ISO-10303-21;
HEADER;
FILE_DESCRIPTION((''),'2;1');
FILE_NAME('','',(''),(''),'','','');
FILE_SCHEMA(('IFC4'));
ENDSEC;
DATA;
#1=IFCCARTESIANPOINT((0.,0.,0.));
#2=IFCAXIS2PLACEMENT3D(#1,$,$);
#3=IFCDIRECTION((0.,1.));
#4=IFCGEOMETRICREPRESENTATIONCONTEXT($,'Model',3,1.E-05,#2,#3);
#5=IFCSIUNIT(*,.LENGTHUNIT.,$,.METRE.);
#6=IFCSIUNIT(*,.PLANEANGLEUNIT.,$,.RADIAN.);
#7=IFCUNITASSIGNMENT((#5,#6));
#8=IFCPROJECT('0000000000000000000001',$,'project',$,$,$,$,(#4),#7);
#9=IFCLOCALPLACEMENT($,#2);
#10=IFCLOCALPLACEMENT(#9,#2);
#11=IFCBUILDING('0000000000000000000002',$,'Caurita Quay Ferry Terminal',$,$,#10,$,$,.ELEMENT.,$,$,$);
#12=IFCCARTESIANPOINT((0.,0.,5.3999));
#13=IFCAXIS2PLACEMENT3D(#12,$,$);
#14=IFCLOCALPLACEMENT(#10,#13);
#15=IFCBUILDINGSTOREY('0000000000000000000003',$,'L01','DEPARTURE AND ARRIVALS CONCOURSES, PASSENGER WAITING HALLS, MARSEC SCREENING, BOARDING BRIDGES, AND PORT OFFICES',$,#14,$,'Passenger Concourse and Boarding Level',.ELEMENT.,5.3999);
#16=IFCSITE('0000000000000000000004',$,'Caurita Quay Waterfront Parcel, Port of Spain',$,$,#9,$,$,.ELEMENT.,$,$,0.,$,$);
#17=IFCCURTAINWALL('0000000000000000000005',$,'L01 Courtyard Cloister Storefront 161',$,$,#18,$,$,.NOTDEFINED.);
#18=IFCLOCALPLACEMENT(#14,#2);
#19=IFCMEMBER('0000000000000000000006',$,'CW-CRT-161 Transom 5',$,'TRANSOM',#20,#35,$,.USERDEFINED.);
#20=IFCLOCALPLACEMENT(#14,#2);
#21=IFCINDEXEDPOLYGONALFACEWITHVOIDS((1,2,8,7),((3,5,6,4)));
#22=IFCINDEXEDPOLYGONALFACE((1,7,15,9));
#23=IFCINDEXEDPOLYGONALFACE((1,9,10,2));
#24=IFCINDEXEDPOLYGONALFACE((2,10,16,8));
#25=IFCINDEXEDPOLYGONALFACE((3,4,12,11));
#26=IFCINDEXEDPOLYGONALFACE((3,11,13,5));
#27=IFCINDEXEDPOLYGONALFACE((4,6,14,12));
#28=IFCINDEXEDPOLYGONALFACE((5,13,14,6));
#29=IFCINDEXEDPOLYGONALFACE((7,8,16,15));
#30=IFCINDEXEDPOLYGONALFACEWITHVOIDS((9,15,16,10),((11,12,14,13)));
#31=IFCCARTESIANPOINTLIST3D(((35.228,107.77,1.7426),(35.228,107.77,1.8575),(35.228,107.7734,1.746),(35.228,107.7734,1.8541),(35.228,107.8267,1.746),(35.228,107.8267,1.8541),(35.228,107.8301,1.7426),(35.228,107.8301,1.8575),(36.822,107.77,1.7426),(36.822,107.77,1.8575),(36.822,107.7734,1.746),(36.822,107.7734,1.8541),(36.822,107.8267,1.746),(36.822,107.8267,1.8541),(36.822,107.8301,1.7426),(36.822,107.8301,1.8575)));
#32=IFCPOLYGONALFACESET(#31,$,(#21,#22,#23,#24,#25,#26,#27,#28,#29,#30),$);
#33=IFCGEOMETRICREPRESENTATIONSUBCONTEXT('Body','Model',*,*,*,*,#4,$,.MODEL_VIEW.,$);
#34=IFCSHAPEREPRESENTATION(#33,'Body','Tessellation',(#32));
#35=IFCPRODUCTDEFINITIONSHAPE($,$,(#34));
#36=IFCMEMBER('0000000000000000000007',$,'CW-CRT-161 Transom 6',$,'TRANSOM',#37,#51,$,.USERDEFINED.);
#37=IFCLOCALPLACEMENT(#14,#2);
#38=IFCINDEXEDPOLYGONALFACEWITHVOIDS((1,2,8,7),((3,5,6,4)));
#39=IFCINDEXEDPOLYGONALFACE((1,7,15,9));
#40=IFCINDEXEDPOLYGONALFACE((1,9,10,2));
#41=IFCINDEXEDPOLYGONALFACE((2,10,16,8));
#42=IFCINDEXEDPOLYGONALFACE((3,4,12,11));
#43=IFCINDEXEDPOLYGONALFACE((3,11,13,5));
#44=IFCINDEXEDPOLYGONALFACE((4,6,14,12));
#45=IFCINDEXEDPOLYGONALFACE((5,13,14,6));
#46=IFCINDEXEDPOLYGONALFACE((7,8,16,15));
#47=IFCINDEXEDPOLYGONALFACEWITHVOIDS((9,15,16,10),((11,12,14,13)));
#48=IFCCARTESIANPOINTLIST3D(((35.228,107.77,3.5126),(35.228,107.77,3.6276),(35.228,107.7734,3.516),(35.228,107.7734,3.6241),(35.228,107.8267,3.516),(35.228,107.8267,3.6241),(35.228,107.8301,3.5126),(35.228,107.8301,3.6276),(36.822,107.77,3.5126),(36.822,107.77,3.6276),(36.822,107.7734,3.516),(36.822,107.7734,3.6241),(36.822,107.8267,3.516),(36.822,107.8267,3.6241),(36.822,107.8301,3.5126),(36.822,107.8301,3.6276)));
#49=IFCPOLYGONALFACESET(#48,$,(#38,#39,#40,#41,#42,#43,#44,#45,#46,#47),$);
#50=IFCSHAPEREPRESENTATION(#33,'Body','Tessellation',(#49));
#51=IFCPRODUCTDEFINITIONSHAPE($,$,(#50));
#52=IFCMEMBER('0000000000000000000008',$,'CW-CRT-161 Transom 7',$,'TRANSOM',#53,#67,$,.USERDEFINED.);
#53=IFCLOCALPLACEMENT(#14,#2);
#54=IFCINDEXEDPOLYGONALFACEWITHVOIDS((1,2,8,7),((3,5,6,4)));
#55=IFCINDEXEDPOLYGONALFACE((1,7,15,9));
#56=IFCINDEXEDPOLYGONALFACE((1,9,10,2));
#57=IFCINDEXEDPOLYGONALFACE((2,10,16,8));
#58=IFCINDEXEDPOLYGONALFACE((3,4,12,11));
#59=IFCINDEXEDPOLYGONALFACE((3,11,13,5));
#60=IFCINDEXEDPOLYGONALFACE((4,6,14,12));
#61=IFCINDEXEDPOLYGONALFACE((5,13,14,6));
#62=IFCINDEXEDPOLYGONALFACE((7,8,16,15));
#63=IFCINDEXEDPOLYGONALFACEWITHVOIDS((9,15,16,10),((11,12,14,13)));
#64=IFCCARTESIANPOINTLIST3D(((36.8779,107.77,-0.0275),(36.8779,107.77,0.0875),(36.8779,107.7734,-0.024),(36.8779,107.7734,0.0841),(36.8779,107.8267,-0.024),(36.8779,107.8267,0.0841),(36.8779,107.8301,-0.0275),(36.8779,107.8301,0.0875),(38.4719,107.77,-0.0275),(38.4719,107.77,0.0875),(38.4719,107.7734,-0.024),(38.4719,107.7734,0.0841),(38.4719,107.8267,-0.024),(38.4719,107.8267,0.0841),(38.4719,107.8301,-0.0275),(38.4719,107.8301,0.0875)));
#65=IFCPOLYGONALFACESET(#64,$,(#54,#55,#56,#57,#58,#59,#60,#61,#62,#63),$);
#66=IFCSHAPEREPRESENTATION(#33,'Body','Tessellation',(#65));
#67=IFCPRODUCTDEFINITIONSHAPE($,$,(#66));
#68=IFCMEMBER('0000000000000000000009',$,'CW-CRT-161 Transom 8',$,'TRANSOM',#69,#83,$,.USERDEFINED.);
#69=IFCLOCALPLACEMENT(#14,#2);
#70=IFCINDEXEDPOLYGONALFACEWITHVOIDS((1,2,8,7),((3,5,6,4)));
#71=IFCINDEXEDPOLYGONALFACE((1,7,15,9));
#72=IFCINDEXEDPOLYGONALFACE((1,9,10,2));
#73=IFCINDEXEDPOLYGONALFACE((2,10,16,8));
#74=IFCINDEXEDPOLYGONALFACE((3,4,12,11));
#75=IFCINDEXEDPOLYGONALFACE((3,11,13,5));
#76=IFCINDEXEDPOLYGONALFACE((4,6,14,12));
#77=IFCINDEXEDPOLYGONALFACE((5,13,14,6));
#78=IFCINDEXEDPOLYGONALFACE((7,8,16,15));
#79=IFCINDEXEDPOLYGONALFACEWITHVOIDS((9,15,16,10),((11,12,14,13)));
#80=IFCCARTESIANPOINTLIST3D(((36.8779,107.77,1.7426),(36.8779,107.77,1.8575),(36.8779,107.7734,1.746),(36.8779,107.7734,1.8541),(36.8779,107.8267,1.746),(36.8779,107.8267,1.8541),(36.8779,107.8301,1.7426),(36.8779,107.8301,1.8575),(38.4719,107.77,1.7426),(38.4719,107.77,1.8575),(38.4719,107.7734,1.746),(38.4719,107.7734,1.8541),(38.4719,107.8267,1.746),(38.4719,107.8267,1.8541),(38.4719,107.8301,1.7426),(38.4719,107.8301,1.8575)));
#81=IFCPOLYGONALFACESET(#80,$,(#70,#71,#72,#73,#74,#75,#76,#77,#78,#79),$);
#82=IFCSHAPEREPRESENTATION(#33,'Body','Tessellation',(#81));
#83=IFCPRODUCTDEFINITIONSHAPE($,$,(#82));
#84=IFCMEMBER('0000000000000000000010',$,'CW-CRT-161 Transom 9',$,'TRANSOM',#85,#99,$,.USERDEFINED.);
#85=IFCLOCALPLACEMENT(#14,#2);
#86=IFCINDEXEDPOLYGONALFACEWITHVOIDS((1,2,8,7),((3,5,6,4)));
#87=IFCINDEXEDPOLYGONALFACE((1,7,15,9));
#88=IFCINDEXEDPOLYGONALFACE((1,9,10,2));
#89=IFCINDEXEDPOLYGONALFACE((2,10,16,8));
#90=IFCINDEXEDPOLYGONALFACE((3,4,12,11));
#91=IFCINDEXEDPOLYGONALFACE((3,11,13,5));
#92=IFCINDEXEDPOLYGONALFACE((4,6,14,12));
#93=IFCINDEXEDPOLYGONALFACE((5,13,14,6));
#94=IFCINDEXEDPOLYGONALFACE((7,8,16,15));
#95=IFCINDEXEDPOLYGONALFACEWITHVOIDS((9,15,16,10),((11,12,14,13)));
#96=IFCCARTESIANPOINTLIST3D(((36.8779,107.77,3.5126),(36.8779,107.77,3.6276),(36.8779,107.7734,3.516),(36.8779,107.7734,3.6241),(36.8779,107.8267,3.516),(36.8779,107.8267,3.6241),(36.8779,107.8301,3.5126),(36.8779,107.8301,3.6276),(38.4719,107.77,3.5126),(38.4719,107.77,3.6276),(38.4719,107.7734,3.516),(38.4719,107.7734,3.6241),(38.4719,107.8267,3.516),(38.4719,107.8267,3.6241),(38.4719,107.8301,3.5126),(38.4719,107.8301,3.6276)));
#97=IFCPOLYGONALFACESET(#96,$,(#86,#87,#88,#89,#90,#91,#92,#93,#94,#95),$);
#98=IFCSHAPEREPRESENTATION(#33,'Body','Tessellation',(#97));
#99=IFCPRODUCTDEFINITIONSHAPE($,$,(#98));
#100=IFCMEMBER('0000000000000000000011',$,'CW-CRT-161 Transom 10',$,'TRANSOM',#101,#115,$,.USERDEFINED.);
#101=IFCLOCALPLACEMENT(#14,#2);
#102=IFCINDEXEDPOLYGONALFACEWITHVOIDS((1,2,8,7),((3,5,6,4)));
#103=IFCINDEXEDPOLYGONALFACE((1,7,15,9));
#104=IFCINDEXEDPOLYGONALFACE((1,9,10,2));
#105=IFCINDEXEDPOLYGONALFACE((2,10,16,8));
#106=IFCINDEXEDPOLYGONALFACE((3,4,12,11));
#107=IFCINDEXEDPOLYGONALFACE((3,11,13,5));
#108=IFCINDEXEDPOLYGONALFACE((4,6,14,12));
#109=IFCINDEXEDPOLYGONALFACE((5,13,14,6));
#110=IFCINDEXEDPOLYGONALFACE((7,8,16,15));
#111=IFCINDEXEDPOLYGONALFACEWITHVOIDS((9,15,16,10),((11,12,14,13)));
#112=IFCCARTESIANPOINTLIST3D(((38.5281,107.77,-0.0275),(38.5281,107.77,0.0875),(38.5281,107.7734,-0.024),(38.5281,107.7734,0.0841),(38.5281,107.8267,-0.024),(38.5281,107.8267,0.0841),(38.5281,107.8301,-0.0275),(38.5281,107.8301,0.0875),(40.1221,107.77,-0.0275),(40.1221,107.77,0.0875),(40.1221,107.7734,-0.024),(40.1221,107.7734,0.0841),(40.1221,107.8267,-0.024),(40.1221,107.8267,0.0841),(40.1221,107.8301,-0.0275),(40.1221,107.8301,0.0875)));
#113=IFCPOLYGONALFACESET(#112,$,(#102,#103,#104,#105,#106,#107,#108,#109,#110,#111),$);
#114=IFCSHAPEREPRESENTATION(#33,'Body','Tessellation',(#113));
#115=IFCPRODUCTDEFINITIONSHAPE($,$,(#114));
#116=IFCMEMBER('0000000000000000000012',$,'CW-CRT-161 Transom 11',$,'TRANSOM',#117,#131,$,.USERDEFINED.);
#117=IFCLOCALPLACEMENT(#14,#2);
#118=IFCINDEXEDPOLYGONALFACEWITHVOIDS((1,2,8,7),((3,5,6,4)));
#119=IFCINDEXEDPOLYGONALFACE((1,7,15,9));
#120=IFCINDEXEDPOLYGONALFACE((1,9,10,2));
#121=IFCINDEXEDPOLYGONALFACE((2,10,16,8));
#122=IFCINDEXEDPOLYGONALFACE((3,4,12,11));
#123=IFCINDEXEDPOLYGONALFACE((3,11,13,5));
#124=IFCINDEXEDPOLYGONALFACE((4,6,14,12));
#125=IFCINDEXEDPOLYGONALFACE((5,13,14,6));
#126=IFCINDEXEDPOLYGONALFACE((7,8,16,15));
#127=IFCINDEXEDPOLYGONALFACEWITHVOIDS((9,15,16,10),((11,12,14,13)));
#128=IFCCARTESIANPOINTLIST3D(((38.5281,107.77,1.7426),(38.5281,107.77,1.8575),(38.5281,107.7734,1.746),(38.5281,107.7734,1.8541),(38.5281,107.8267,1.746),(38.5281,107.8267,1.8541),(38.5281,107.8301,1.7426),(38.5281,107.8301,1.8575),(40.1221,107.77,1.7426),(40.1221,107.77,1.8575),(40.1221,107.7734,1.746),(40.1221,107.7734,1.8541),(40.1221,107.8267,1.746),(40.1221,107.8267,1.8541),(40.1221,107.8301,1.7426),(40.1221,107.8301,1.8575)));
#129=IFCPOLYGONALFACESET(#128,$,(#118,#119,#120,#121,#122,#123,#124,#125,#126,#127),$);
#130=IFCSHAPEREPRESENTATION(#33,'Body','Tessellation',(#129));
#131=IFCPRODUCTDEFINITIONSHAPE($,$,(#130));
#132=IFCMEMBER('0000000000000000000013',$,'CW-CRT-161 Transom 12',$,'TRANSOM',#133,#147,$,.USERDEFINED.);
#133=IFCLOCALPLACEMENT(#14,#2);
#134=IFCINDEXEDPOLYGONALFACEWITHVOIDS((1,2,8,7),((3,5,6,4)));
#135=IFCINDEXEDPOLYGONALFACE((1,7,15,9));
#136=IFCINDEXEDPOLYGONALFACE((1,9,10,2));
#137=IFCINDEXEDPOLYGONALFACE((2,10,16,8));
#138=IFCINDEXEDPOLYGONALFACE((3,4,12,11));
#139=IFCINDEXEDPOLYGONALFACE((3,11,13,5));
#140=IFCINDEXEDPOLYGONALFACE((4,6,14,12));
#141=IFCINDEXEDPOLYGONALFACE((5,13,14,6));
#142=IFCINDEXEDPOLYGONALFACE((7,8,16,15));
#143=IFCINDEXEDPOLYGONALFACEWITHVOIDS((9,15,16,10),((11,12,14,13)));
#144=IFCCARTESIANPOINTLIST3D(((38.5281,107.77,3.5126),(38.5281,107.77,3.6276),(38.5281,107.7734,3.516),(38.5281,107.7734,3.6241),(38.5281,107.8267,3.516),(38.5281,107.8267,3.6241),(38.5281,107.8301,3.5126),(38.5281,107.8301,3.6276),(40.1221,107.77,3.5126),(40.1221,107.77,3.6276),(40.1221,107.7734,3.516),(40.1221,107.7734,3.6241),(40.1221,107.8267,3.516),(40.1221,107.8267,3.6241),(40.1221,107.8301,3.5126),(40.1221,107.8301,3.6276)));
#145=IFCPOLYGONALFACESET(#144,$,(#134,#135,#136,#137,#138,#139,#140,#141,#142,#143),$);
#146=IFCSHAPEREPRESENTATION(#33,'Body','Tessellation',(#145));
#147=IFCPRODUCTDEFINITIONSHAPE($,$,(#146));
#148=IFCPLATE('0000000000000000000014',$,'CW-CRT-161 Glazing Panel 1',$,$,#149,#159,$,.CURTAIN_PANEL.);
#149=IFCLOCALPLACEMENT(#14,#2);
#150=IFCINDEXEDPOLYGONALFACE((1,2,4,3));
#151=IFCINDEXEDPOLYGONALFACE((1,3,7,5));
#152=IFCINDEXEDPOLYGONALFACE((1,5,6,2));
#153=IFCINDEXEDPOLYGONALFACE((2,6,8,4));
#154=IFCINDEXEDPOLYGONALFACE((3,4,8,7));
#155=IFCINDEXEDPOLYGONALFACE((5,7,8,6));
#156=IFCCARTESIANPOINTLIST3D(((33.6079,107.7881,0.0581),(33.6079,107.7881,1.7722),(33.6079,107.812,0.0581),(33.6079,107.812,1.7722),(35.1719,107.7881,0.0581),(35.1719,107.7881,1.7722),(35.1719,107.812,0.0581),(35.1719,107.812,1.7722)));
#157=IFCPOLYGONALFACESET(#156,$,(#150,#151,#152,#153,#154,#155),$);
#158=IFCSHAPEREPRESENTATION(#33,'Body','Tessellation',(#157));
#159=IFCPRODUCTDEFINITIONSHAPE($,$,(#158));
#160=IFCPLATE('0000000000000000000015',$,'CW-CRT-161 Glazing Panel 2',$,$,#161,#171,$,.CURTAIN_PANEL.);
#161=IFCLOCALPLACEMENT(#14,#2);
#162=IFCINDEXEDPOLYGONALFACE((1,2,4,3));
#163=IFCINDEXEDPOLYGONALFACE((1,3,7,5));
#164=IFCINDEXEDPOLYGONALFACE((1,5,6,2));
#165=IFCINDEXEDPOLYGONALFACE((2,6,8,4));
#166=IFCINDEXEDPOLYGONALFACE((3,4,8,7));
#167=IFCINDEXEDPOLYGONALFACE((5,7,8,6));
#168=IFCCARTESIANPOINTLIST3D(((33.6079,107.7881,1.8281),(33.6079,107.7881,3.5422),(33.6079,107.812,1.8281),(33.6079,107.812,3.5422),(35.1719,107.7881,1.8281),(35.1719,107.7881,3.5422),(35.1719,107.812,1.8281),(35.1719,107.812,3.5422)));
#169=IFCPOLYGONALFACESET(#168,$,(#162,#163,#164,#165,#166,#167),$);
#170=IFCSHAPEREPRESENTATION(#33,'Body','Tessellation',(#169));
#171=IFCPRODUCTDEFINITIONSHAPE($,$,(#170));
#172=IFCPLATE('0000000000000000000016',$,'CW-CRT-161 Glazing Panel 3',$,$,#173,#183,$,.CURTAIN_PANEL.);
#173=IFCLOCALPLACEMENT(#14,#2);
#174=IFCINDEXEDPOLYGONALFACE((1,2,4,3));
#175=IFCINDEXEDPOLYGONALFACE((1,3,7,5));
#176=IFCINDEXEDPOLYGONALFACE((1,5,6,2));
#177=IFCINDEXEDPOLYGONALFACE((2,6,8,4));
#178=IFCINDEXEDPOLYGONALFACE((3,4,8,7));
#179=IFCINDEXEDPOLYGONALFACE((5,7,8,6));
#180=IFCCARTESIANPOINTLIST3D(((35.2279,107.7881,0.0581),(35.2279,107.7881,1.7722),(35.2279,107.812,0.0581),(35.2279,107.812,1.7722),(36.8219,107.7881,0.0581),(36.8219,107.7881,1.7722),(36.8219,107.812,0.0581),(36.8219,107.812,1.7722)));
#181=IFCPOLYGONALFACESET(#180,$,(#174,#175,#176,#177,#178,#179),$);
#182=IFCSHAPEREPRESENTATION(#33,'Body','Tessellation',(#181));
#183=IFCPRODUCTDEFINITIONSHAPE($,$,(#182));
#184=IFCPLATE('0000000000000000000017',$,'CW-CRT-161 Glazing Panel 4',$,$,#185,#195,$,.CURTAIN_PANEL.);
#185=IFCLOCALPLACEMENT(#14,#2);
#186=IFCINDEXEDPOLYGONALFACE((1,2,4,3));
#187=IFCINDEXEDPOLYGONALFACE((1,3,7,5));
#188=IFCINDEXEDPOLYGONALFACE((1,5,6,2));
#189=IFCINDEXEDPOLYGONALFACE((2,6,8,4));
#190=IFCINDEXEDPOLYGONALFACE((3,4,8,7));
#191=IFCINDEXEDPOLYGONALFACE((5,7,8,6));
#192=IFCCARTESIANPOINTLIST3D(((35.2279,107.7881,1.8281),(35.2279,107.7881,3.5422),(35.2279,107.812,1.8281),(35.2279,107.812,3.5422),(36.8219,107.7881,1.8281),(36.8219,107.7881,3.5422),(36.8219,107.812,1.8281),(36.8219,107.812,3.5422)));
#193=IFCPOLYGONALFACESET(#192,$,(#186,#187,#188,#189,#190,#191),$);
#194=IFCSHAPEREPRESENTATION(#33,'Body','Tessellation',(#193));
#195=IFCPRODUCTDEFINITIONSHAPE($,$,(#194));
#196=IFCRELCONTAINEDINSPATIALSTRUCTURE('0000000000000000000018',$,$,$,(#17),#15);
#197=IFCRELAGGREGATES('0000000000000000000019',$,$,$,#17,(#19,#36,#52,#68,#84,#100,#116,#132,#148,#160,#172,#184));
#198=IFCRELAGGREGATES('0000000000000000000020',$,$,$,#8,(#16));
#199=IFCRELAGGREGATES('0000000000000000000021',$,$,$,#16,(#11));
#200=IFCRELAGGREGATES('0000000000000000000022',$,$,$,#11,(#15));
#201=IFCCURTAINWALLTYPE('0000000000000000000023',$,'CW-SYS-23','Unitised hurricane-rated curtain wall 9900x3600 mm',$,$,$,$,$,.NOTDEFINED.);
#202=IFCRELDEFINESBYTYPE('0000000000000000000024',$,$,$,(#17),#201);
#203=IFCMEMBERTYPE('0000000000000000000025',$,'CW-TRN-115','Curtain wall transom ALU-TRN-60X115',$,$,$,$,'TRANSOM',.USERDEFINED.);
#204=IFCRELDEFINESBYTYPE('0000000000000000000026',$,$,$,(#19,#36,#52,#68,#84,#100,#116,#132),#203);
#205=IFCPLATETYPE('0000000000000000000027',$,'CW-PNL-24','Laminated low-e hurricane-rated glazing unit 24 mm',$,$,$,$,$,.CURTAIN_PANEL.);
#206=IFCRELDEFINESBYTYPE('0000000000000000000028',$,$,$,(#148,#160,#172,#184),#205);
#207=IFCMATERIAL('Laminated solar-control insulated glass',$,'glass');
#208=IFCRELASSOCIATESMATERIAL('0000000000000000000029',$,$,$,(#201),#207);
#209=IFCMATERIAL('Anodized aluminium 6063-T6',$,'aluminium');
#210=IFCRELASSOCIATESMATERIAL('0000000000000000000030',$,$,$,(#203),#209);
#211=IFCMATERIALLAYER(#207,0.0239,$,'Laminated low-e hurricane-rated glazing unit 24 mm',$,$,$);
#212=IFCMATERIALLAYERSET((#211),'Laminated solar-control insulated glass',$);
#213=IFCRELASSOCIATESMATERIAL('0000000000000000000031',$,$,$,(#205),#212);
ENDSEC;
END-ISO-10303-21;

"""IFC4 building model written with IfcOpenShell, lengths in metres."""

from ifc_helpers import new_model, si_unit, direction, frame, origin, origin_2d, place, context, subcontext, project, spatial, rectangle, hollow_rectangle, extrude, material, layer, layer_set, material_profile, profile_set, type_object, element, aggregate, save


model = new_model("IFC4")

# Units and contexts
model_context = context("Model", 3, precision=1e-05, world=origin(), true_north=direction((0.0, 1.0)))
body_context = subcontext(model_context, "Body", "Model", "MODEL_VIEW")
ifc_project = project(units=[si_unit("LENGTHUNIT", "METRE"), si_unit("PLANEANGLEUNIT", "RADIAN")], contexts=[model_context])

# Site, building, storey
site_placement = place(None, origin())
site = spatial("IfcSite", under=ifc_project, at=site_placement, Name="Caurita Quay Waterfront Parcel, Port of Spain", CompositionType="ELEMENT", RefElevation=0.0)
building_placement = place(site_placement, origin())
building = spatial("IfcBuilding", under=site, at=building_placement, Name="Caurita Quay Ferry Terminal", CompositionType="ELEMENT")
storey_placement = place(building_placement, frame((0.0, 0.0, 5.3999)))
storey = spatial("IfcBuildingStorey", under=building, at=storey_placement, Name="L01", Description="DEPARTURE AND ARRIVALS CONCOURSES, PASSENGER WAITING HALLS, MARSEC SCREENING, BOARDING BRIDGES, AND PORT OFFICES", LongName="Passenger Concourse and Boarding Level", CompositionType="ELEMENT", Elevation=5.3999)

# Curtain wall, members, plates
ifc_material_1 = material(Name="Laminated solar-control insulated glass", Category="glass")
curtain_wall_type = type_object("IfcCurtainWallType", Name="CW-SYS-23", Description="Unitised hurricane-rated curtain wall 9900x3600 mm", PredefinedType="NOTDEFINED", material=ifc_material_1)
curtain_wall_placement = place(storey_placement, origin())
curtain_wall = element("IfcCurtainWall", 1, at=curtain_wall_placement, inside=storey, type_object=curtain_wall_type, Name="L01 Courtyard Cloister Storefront 161", PredefinedType="NOTDEFINED")
ifc_material_2 = material(Name="Anodized aluminium 6063-T6", Category="aluminium")
ifc_material_profile_1 = material_profile(ifc_material_2, hollow_rectangle(XDim=0.0601, YDim=0.115, WallThickness=0.0034, at=origin_2d()), Name="ALU-TRN-60X115")
ifc_profile_set_1 = profile_set([ifc_material_profile_1], Name="Anodized aluminium 6063-T6")
member_type_1 = type_object("IfcMemberType", Name="CW-TRN-115", Description="Curtain wall transom ALU-TRN-60X115", ElementType="TRANSOM", PredefinedType="USERDEFINED", material=ifc_profile_set_1)
member_1_placement = place(storey_placement, frame((35.228, 107.8, 1.8), z_axis=(1.0, 0.0, 0.0), x_axis=(0.0, 1.0, 0.0)))
member_1 = element("IfcMember", 2, at=member_1_placement, type_object=member_type_1, Name="CW-CRT-161 Transom 5", ObjectType="TRANSOM", PredefinedType="USERDEFINED", context=body_context, shape_type="SweptSolid", body=[
    extrude(hollow_rectangle(XDim=0.0601, YDim=0.115, WallThickness=0.0034, at=origin_2d()), origin(), (0.0, 0.0, 1.0), 1.594),
])
member_2_placement = place(storey_placement, frame((35.228, 107.8, 3.5701), z_axis=(1.0, 0.0, 0.0), x_axis=(0.0, 1.0, 0.0)))
member_2 = element("IfcMember", 3, at=member_2_placement, type_object=member_type_1, Name="CW-CRT-161 Transom 6", ObjectType="TRANSOM", PredefinedType="USERDEFINED", context=body_context, shape_type="SweptSolid", body=[
    extrude(hollow_rectangle(XDim=0.0601, YDim=0.115, WallThickness=0.0034, at=origin_2d()), origin(), (0.0, 0.0, 1.0), 1.594),
])
member_3_placement = place(storey_placement, frame((36.8779, 107.8, 0.03), z_axis=(1.0, 0.0, 0.0), x_axis=(0.0, 1.0, 0.0)))
member_3 = element("IfcMember", 4, at=member_3_placement, type_object=member_type_1, Name="CW-CRT-161 Transom 7", ObjectType="TRANSOM", PredefinedType="USERDEFINED", context=body_context, shape_type="SweptSolid", body=[
    extrude(hollow_rectangle(XDim=0.0601, YDim=0.115, WallThickness=0.0034, at=origin_2d()), origin(), (0.0, 0.0, 1.0), 1.594),
])
member_4_placement = place(storey_placement, frame((36.8779, 107.8, 1.8), z_axis=(1.0, 0.0, 0.0), x_axis=(0.0, 1.0, 0.0)))
member_4 = element("IfcMember", 5, at=member_4_placement, type_object=member_type_1, Name="CW-CRT-161 Transom 8", ObjectType="TRANSOM", PredefinedType="USERDEFINED", context=body_context, shape_type="SweptSolid", body=[
    extrude(hollow_rectangle(XDim=0.0601, YDim=0.115, WallThickness=0.0034, at=origin_2d()), origin(), (0.0, 0.0, 1.0), 1.594),
])
member_5_placement = place(storey_placement, frame((36.8779, 107.8, 3.5701), z_axis=(1.0, 0.0, 0.0), x_axis=(0.0, 1.0, 0.0)))
member_5 = element("IfcMember", 6, at=member_5_placement, type_object=member_type_1, Name="CW-CRT-161 Transom 9", ObjectType="TRANSOM", PredefinedType="USERDEFINED", context=body_context, shape_type="SweptSolid", body=[
    extrude(hollow_rectangle(XDim=0.0601, YDim=0.115, WallThickness=0.0034, at=origin_2d()), origin(), (0.0, 0.0, 1.0), 1.594),
])
member_6_placement = place(storey_placement, frame((38.5281, 107.8, 0.03), z_axis=(1.0, 0.0, 0.0), x_axis=(0.0, 1.0, 0.0)))
member_6 = element("IfcMember", 7, at=member_6_placement, type_object=member_type_1, Name="CW-CRT-161 Transom 10", ObjectType="TRANSOM", PredefinedType="USERDEFINED", context=body_context, shape_type="SweptSolid", body=[
    extrude(hollow_rectangle(XDim=0.0601, YDim=0.115, WallThickness=0.0034, at=origin_2d()), origin(), (0.0, 0.0, 1.0), 1.594),
])
member_7_placement = place(storey_placement, frame((38.5281, 107.8, 1.8), z_axis=(1.0, 0.0, 0.0), x_axis=(0.0, 1.0, 0.0)))
member_7 = element("IfcMember", 8, at=member_7_placement, type_object=member_type_1, Name="CW-CRT-161 Transom 11", ObjectType="TRANSOM", PredefinedType="USERDEFINED", context=body_context, shape_type="SweptSolid", body=[
    extrude(hollow_rectangle(XDim=0.0601, YDim=0.115, WallThickness=0.0034, at=origin_2d()), origin(), (0.0, 0.0, 1.0), 1.594),
])
member_8_placement = place(storey_placement, frame((38.5281, 107.8, 3.5701), z_axis=(1.0, 0.0, 0.0), x_axis=(0.0, 1.0, 0.0)))
member_8 = element("IfcMember", 9, at=member_8_placement, type_object=member_type_1, Name="CW-CRT-161 Transom 12", ObjectType="TRANSOM", PredefinedType="USERDEFINED", context=body_context, shape_type="SweptSolid", body=[
    extrude(hollow_rectangle(XDim=0.0601, YDim=0.115, WallThickness=0.0034, at=origin_2d()), origin(), (0.0, 0.0, 1.0), 1.594),
])
ifc_layer = layer(ifc_material_1, 0.0239, Name="Laminated low-e hurricane-rated glazing unit 24 mm")
ifc_layer_set = layer_set([ifc_layer], Name="Laminated solar-control insulated glass")
plate_type = type_object("IfcPlateType", Name="CW-PNL-24", Description="Laminated low-e hurricane-rated glazing unit 24 mm", PredefinedType="CURTAIN_PANEL", material=ifc_layer_set)
plate_1_placement = place(storey_placement, frame((34.3899, 107.8, 0.0581), z_axis=(0.0, 0.0, 1.0), x_axis=(1.0, 0.0, 0.0)))
plate_1 = element("IfcPlate", 10, at=plate_1_placement, type_object=plate_type, Name="CW-CRT-161 Glazing Panel 1", PredefinedType="CURTAIN_PANEL", context=body_context, shape_type="SweptSolid", body=[
    extrude(rectangle(XDim=1.564, YDim=0.0239, at=origin_2d()), origin(), (0.0, 0.0, 1.0), 1.7141),
])
plate_2_placement = place(storey_placement, frame((34.3899, 107.8, 1.8281), z_axis=(0.0, 0.0, 1.0), x_axis=(1.0, 0.0, 0.0)))
plate_2 = element("IfcPlate", 11, at=plate_2_placement, type_object=plate_type, Name="CW-CRT-161 Glazing Panel 2", PredefinedType="CURTAIN_PANEL", context=body_context, shape_type="SweptSolid", body=[
    extrude(rectangle(XDim=1.564, YDim=0.0239, at=origin_2d()), origin(), (0.0, 0.0, 1.0), 1.7141),
])
plate_3_placement = place(storey_placement, frame((36.0249, 107.8, 0.0581), z_axis=(0.0, 0.0, 1.0), x_axis=(1.0, 0.0, 0.0)))
plate_3 = element("IfcPlate", 12, at=plate_3_placement, type_object=plate_type, Name="CW-CRT-161 Glazing Panel 3", PredefinedType="CURTAIN_PANEL", context=body_context, shape_type="SweptSolid", body=[
    extrude(rectangle(XDim=1.594, YDim=0.0239, at=origin_2d()), origin(), (0.0, 0.0, 1.0), 1.7141),
])
plate_4_placement = place(storey_placement, frame((36.0249, 107.8, 1.8281), z_axis=(0.0, 0.0, 1.0), x_axis=(1.0, 0.0, 0.0)))
plate_4 = element("IfcPlate", 13, at=plate_4_placement, type_object=plate_type, Name="CW-CRT-161 Glazing Panel 4", PredefinedType="CURTAIN_PANEL", context=body_context, shape_type="SweptSolid", body=[
    extrude(rectangle(XDim=1.594, YDim=0.0239, at=origin_2d()), origin(), (0.0, 0.0, 1.0), 1.7141),
])
aggregate(curtain_wall, [member_1, member_2, member_3, member_4, member_5, member_6, member_7, member_8, plate_1, plate_2, plate_3, plate_4])

save(model, "model.ifc")
